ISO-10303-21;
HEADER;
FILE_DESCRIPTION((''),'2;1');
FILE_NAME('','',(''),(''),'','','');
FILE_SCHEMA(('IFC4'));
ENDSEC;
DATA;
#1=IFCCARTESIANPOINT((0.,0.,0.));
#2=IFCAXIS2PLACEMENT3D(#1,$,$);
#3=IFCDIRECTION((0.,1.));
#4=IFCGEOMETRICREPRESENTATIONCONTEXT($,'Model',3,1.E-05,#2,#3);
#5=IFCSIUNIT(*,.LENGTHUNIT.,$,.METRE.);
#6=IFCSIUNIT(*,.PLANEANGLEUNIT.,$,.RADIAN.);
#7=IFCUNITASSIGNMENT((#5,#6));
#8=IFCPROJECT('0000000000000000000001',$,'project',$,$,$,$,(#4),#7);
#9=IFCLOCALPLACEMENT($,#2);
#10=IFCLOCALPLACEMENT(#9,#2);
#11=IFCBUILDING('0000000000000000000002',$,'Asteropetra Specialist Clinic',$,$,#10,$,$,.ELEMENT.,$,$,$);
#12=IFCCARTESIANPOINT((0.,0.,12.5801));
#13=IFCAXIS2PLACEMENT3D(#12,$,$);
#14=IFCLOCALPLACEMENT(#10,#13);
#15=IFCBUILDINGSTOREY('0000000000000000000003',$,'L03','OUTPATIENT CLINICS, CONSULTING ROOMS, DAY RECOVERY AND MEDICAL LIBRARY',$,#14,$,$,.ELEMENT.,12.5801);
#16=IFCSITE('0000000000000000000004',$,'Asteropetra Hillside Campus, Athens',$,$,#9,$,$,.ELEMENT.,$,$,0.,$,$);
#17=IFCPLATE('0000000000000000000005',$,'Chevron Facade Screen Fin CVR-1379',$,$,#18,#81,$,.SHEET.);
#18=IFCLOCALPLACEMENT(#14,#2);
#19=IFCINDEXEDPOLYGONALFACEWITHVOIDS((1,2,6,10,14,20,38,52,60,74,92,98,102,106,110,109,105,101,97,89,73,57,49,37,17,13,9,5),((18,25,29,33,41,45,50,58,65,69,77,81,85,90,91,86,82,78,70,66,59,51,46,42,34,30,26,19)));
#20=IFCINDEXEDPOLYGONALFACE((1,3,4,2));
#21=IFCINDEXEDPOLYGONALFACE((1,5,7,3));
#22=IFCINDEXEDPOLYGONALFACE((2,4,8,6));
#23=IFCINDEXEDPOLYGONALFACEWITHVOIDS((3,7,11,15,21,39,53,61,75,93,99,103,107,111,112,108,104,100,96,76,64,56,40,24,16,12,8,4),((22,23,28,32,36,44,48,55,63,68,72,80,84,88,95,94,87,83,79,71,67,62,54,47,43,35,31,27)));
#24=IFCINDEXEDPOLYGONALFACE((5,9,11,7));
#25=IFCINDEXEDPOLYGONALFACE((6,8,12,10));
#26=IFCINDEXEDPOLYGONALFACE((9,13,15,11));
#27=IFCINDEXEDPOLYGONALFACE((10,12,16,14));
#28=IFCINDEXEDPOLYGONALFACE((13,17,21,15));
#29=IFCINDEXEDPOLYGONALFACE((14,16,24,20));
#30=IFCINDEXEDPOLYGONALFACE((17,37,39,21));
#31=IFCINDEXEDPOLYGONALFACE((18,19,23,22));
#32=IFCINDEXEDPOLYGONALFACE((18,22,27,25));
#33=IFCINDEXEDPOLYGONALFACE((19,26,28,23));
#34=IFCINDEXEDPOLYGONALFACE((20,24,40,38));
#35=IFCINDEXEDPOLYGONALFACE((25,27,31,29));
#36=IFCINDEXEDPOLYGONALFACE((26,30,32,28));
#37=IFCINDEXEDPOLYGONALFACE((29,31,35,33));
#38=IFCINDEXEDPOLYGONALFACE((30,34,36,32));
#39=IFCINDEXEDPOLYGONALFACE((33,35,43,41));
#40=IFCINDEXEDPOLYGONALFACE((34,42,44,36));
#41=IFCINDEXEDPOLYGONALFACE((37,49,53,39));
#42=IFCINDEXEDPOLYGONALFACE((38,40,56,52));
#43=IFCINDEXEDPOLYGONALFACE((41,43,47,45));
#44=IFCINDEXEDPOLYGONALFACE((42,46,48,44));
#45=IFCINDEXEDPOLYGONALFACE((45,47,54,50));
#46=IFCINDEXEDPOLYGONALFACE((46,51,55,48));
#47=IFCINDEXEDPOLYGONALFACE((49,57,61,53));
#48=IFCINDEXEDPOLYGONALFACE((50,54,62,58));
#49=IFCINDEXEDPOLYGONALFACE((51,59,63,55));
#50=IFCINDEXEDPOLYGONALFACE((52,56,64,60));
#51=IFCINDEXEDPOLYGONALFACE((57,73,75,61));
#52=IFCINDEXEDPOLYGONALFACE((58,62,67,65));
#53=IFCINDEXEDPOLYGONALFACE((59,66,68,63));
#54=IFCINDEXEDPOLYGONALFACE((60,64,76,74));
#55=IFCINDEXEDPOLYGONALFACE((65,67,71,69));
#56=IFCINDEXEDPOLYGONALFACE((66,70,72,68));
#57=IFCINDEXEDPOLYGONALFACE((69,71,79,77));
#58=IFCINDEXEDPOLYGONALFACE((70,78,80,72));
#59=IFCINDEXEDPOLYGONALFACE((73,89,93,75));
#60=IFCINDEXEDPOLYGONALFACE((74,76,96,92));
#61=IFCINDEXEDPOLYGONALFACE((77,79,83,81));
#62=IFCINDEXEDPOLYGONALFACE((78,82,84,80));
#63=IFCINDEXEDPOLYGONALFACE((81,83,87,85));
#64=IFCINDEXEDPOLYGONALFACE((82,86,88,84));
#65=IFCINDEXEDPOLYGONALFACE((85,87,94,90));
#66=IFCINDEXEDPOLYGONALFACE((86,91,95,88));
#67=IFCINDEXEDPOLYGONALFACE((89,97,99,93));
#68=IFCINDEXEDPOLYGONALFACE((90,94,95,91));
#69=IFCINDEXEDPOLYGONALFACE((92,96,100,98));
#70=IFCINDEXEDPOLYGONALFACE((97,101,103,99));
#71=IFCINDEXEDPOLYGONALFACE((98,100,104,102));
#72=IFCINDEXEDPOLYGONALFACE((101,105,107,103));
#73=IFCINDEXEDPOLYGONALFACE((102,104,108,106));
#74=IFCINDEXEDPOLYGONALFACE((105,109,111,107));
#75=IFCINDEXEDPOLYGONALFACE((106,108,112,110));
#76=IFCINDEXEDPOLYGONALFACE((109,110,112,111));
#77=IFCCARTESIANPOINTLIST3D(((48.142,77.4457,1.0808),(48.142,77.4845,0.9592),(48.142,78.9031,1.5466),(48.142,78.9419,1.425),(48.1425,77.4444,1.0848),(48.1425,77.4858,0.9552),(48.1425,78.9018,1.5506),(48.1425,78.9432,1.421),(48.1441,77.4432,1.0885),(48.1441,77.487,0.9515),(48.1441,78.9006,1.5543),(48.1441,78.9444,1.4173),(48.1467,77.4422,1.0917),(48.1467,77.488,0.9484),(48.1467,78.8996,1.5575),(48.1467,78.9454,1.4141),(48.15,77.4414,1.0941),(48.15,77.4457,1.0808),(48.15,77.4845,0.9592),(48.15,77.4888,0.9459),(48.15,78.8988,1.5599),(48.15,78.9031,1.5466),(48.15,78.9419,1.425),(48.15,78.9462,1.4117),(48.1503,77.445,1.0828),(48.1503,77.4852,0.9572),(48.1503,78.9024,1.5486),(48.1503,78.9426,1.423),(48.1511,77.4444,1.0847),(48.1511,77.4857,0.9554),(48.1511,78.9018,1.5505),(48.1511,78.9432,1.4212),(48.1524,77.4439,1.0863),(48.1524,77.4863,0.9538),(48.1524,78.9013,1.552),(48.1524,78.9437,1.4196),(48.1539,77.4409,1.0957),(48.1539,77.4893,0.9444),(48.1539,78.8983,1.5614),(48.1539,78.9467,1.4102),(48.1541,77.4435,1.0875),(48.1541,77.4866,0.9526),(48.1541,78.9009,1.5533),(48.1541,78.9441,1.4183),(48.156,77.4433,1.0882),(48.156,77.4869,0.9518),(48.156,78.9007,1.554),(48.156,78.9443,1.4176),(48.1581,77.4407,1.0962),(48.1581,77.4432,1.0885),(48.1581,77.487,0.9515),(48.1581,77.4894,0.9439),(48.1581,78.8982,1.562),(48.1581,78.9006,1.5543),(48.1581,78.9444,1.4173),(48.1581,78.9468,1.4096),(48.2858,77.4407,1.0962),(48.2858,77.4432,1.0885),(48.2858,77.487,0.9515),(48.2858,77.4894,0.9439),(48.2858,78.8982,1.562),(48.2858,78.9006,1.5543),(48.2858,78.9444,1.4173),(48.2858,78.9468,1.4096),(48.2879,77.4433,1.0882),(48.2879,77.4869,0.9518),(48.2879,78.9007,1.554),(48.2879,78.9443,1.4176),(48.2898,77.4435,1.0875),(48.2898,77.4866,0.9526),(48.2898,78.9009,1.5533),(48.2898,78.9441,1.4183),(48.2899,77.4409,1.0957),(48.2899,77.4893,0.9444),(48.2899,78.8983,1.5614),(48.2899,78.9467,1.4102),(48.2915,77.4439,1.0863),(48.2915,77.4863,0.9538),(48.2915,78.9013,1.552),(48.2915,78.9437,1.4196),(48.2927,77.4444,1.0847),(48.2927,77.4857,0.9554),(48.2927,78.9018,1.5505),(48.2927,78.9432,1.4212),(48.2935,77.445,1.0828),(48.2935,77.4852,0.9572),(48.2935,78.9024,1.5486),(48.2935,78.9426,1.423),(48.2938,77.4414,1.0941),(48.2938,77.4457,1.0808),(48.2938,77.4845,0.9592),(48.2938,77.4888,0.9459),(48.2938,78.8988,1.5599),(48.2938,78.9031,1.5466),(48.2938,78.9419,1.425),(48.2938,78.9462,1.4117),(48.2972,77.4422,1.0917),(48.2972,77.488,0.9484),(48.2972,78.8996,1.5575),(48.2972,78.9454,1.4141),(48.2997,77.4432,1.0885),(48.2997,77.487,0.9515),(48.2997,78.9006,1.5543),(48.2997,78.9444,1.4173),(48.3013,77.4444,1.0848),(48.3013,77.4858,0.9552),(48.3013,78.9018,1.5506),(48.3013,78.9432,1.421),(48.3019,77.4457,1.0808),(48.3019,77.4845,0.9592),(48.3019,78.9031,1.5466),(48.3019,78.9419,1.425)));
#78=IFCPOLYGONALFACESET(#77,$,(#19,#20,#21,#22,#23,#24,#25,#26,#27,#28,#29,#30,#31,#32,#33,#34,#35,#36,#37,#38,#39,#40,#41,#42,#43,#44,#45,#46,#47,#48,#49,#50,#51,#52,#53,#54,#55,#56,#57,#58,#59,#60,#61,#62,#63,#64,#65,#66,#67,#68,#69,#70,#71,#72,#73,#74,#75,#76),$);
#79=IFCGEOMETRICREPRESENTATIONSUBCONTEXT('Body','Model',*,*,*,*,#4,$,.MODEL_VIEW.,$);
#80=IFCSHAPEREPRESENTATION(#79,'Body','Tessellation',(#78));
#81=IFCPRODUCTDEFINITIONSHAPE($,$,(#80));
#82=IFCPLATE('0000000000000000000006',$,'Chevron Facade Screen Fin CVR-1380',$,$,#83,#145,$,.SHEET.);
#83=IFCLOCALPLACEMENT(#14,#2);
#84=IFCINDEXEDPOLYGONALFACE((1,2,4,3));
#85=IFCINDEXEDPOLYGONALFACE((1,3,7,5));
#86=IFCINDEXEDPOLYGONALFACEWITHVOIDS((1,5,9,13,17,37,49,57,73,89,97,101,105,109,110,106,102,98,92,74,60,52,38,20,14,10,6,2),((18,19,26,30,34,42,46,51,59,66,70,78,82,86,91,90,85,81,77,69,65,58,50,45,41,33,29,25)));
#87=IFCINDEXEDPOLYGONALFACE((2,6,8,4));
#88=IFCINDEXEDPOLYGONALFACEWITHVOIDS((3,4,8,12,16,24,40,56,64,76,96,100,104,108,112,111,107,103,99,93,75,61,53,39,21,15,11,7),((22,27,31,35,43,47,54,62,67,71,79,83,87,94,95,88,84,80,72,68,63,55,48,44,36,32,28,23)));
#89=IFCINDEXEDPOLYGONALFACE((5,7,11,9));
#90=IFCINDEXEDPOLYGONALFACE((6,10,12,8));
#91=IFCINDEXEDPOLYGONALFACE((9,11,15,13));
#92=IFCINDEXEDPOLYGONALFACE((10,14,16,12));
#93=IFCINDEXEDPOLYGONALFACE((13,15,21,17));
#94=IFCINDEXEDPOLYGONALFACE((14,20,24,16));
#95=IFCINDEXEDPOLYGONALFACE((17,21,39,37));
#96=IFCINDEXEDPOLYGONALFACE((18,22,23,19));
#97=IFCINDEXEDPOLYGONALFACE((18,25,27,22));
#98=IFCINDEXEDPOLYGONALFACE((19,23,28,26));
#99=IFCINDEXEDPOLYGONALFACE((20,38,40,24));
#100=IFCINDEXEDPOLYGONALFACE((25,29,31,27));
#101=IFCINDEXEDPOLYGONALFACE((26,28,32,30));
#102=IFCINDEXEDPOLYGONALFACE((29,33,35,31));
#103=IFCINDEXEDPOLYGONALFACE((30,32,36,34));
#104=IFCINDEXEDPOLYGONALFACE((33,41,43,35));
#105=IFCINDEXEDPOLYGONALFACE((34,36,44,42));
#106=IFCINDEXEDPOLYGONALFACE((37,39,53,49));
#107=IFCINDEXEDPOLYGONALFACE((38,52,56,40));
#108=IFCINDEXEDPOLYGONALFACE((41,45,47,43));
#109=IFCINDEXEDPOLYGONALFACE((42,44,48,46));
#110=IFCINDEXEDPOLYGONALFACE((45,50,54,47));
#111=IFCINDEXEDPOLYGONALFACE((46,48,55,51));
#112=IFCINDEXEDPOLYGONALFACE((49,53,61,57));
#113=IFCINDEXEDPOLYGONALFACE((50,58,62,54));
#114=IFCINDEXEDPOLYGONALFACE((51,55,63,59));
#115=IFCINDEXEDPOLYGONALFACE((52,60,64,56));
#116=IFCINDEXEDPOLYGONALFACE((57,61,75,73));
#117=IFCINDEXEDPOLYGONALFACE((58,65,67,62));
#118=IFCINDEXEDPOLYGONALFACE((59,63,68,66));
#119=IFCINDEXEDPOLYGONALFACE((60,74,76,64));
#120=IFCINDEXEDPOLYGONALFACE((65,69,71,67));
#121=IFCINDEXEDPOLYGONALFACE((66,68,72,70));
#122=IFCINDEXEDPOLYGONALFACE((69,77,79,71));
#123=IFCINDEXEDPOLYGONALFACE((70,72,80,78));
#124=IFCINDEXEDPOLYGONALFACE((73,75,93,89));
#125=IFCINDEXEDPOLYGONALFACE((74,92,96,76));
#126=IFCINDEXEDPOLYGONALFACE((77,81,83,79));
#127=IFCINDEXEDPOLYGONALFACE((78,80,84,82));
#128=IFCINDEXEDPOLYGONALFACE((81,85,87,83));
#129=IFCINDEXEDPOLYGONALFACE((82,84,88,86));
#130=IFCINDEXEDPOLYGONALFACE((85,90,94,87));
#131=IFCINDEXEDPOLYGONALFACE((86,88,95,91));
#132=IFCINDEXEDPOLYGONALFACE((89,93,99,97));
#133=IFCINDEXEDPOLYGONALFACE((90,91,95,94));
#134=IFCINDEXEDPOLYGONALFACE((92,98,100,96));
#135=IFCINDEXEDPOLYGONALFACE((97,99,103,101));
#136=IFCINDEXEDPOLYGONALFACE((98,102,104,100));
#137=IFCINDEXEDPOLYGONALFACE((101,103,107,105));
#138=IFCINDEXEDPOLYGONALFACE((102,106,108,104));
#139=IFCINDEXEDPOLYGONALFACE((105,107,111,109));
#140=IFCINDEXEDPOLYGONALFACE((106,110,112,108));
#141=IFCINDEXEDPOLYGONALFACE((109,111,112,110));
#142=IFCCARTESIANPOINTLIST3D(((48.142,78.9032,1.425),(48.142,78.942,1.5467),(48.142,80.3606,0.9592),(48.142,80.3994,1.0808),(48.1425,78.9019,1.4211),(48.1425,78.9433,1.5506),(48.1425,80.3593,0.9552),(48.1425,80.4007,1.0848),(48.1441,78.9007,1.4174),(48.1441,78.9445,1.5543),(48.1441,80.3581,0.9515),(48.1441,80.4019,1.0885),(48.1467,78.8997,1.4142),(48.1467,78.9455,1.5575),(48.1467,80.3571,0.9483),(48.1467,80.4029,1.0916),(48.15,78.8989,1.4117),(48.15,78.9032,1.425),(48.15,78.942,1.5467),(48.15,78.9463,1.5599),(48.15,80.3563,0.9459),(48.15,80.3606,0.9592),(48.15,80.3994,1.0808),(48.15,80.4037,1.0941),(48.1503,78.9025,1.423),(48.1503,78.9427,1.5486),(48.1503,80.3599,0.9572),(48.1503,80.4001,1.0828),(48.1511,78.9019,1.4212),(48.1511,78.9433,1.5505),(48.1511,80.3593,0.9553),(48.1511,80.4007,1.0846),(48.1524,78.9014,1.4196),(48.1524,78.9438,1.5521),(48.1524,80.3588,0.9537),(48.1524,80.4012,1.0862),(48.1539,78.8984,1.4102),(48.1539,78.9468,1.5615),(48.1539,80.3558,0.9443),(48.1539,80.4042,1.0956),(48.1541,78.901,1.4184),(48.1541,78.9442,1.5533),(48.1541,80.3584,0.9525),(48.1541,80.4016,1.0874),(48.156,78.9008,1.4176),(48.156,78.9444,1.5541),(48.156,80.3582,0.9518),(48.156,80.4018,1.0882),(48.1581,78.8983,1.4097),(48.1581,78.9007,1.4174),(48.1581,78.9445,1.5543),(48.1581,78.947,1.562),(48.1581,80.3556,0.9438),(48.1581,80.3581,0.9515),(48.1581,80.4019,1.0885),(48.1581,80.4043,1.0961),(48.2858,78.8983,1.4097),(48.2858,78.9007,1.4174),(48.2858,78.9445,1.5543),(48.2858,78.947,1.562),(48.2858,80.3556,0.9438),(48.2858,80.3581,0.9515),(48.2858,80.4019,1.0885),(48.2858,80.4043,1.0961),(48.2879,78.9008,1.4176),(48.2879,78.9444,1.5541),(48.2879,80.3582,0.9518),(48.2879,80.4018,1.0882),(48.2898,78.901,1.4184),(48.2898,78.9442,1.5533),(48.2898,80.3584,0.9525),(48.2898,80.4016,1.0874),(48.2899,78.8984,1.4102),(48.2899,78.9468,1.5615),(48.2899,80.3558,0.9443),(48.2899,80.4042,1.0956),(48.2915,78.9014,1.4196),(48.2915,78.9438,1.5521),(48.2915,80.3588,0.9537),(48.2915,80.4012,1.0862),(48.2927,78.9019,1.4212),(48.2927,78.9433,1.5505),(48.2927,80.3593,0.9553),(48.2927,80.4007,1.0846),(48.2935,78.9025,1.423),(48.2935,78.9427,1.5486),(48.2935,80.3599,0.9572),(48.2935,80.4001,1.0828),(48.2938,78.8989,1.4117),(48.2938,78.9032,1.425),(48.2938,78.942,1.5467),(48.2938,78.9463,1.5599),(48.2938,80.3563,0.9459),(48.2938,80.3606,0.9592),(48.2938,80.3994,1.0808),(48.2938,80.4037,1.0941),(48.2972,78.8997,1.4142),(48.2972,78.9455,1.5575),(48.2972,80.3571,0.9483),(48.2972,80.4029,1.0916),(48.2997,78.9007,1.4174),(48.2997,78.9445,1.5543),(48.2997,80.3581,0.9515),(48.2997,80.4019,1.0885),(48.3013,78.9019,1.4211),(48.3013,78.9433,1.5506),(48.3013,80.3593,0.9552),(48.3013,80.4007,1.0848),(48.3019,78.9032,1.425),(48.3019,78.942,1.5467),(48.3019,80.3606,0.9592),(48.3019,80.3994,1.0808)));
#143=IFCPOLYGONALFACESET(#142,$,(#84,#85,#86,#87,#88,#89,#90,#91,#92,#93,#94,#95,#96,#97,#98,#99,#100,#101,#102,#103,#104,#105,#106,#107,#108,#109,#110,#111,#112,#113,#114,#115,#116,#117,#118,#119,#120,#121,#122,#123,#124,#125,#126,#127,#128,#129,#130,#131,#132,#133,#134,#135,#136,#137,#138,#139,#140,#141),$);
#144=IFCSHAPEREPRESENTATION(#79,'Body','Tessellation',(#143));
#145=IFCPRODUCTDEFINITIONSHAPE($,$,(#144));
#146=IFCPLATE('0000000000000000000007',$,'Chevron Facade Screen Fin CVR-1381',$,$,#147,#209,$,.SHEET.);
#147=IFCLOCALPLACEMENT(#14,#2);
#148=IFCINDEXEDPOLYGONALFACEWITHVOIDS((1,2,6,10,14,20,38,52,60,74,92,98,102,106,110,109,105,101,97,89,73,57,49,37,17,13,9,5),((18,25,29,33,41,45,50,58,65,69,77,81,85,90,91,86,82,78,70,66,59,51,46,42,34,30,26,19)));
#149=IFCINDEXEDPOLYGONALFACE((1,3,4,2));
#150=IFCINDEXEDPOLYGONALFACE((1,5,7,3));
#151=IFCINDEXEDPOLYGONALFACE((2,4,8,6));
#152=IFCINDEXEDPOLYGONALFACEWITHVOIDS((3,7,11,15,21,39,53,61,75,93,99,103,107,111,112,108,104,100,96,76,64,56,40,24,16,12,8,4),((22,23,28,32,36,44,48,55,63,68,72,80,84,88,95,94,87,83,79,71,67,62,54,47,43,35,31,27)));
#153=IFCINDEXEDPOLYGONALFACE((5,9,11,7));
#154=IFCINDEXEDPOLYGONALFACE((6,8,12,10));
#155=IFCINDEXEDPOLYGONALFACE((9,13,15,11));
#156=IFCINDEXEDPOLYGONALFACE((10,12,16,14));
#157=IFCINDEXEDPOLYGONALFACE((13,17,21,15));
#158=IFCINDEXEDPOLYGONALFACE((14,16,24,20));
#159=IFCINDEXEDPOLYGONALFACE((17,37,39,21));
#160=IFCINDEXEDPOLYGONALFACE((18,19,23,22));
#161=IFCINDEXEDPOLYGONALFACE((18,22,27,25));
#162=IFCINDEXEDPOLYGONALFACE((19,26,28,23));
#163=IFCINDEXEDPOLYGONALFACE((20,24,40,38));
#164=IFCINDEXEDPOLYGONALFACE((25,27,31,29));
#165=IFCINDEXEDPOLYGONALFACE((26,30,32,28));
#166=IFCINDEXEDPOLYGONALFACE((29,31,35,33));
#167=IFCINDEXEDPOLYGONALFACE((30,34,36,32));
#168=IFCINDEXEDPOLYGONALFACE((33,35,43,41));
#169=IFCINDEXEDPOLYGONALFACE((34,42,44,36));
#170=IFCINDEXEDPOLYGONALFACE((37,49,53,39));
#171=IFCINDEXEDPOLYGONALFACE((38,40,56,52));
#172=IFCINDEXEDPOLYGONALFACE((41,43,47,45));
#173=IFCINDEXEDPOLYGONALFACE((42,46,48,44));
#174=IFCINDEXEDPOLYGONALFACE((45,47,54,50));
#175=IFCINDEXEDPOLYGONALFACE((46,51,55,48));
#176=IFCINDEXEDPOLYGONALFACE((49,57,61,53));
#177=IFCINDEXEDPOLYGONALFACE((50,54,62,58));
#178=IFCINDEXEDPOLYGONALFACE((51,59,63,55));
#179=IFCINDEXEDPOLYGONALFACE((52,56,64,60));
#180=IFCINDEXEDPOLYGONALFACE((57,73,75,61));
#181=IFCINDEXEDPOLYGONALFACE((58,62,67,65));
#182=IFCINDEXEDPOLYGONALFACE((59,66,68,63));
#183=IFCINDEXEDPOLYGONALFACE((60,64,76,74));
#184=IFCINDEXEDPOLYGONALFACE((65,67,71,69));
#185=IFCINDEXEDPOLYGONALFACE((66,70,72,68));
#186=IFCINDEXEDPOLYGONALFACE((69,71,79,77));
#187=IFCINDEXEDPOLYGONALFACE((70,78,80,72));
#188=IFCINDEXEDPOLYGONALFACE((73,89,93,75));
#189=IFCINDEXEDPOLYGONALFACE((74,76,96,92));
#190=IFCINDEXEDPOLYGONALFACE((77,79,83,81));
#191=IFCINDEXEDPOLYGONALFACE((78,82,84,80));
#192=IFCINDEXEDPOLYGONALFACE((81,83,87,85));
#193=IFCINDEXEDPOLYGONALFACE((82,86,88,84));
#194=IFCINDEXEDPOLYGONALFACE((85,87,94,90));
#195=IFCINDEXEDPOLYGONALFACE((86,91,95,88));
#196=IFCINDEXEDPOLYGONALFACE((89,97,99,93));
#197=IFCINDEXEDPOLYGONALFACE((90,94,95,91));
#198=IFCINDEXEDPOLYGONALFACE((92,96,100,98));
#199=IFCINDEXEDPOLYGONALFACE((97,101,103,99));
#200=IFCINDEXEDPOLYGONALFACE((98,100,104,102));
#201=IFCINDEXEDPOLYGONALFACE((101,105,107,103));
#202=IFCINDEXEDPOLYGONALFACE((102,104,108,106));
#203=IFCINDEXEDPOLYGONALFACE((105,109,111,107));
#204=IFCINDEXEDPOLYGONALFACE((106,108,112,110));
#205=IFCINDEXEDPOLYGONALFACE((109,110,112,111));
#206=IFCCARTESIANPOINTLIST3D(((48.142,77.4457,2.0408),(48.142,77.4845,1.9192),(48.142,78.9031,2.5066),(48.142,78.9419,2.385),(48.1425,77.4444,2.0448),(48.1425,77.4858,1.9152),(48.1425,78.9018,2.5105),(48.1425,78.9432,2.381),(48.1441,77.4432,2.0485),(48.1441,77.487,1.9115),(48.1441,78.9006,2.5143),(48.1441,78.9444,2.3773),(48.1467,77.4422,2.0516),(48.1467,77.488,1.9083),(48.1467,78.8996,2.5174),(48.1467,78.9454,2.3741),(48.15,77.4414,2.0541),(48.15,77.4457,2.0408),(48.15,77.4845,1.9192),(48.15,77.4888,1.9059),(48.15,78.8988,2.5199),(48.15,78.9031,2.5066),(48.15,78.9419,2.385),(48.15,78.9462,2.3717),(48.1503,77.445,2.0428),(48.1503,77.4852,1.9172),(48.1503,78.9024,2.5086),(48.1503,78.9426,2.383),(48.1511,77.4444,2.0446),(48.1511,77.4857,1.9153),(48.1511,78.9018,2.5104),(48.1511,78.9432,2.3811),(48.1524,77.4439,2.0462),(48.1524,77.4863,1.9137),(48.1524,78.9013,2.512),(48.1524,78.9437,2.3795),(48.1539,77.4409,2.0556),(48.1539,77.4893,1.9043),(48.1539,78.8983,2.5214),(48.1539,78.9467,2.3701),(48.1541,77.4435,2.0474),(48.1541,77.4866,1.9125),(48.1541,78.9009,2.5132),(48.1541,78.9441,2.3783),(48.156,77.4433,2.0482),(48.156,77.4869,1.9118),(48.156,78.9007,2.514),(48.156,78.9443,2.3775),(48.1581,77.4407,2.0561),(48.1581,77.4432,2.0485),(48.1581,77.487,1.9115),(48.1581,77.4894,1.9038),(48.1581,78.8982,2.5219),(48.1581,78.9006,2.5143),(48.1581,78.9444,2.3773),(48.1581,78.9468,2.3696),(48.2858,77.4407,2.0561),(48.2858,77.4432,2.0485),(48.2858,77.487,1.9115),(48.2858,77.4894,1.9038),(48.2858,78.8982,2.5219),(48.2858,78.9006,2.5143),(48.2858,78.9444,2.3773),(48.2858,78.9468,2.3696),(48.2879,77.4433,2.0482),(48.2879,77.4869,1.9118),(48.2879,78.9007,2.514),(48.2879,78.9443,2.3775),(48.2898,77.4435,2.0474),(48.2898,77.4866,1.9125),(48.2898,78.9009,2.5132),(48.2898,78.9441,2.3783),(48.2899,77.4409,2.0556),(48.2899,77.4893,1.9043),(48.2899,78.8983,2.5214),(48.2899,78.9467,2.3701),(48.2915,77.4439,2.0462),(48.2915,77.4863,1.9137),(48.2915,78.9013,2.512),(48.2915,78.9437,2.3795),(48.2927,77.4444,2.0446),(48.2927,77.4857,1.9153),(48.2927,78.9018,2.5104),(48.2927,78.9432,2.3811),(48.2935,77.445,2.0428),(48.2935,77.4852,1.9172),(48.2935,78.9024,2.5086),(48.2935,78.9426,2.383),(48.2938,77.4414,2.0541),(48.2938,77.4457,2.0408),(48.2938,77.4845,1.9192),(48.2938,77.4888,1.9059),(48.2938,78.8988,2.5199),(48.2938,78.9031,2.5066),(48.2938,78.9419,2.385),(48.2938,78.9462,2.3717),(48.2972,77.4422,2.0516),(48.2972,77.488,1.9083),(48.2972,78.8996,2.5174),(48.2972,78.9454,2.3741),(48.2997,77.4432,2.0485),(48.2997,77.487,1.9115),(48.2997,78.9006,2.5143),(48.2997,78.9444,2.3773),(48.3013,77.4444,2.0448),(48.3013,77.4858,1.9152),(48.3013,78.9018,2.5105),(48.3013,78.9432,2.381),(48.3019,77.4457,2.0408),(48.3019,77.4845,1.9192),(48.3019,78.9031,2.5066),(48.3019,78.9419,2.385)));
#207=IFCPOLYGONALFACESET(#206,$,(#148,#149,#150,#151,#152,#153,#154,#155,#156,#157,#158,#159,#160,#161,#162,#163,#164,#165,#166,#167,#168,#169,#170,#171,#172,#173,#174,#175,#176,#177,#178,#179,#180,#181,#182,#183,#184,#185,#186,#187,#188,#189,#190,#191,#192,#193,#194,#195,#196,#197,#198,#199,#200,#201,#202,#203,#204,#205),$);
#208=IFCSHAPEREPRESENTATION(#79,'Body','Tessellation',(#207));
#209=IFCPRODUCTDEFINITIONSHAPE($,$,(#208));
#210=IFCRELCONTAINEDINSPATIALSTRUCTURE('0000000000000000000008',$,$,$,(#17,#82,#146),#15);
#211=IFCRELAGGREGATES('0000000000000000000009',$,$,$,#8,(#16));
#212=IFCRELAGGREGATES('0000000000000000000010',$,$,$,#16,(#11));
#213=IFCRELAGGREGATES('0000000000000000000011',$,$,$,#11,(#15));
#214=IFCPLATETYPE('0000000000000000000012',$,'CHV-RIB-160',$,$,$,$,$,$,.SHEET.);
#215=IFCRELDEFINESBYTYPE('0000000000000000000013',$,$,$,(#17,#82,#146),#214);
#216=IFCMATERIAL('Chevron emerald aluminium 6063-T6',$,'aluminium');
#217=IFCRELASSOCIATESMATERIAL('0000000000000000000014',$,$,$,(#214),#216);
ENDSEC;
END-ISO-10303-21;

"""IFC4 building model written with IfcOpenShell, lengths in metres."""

from ifc_helpers import new_model, si_unit, direction, frame, origin, origin_2d, place, context, subcontext, project, spatial, hollow_rectangle, extrude, material, material_profile, profile_set, type_object, element, save


model = new_model("IFC4")

# Units and contexts
model_context = context("Model", 3, precision=1e-05, world=origin(), true_north=direction((0.0, 1.0)))
body_context = subcontext(model_context, "Body", "Model", "MODEL_VIEW")
ifc_project = project(units=[si_unit("LENGTHUNIT", "METRE"), si_unit("PLANEANGLEUNIT", "RADIAN")], contexts=[model_context])

# Site, building, storey
site_placement = place(None, origin())
site = spatial("IfcSite", under=ifc_project, at=site_placement, Name="Asteropetra Hillside Campus, Athens", CompositionType="ELEMENT", RefElevation=0.0)
building_placement = place(site_placement, origin())
building = spatial("IfcBuilding", under=site, at=building_placement, Name="Asteropetra Specialist Clinic", CompositionType="ELEMENT")
storey_placement = place(building_placement, frame((0.0, 0.0, 12.5801)))
storey = spatial("IfcBuildingStorey", under=building, at=storey_placement, Name="L03", Description="OUTPATIENT CLINICS, CONSULTING ROOMS, DAY RECOVERY AND MEDICAL LIBRARY", CompositionType="ELEMENT", Elevation=12.5801)

# Plates
ifc_material_1 = material(Name="Chevron emerald aluminium 6063-T6", Category="aluminium")
ifc_material_profile_1 = material_profile(ifc_material_1, hollow_rectangle(XDim=0.1599, YDim=0.1599, WallThickness=0.0081, InnerFilletRadius=0.0081, OuterFilletRadius=0.0161, at=origin_2d()), Name="SHS 160x160x8.0")
ifc_profile_set_1 = profile_set([ifc_material_profile_1], Name="Chevron emerald aluminium 6063-T6")
plate_type_1 = type_object("IfcPlateType", Name="CHV-RIB-160", PredefinedType="SHEET", material=ifc_profile_set_1)
for number, where, z_axis, x_axis, name in (
    (1, (48.2219, 77.4651, 1.02), (0.0, 0.952535, 0.304428), (-1.0, 0.0, 0.0), "Chevron Facade Screen Fin CVR-1379"),
    (2, (48.2219, 78.9226, 1.4858), (0.0, 0.95252, -0.304475), (-1.0, 0.0, 0.0), "Chevron Facade Screen Fin CVR-1380"),
    (3, (48.2219, 77.4651, 1.98), (0.0, 0.952535, 0.304428), (-1.0, 0.0, 0.0), "Chevron Facade Screen Fin CVR-1381"),
):
    element("IfcPlate", number, at=place(storey_placement, frame(where, z_axis=z_axis, x_axis=x_axis)), inside=storey, type_object=plate_type_1, Name=name, PredefinedType="SHEET", context=body_context, shape_type="SweptSolid", body=[
        extrude(hollow_rectangle(XDim=0.1599, YDim=0.1599, WallThickness=0.0081, InnerFilletRadius=0.0081, OuterFilletRadius=0.0161, at=origin_2d()), origin(), (0.0, 0.0, 1.0), 1.53),
    ])

save(model, "model.ifc")
